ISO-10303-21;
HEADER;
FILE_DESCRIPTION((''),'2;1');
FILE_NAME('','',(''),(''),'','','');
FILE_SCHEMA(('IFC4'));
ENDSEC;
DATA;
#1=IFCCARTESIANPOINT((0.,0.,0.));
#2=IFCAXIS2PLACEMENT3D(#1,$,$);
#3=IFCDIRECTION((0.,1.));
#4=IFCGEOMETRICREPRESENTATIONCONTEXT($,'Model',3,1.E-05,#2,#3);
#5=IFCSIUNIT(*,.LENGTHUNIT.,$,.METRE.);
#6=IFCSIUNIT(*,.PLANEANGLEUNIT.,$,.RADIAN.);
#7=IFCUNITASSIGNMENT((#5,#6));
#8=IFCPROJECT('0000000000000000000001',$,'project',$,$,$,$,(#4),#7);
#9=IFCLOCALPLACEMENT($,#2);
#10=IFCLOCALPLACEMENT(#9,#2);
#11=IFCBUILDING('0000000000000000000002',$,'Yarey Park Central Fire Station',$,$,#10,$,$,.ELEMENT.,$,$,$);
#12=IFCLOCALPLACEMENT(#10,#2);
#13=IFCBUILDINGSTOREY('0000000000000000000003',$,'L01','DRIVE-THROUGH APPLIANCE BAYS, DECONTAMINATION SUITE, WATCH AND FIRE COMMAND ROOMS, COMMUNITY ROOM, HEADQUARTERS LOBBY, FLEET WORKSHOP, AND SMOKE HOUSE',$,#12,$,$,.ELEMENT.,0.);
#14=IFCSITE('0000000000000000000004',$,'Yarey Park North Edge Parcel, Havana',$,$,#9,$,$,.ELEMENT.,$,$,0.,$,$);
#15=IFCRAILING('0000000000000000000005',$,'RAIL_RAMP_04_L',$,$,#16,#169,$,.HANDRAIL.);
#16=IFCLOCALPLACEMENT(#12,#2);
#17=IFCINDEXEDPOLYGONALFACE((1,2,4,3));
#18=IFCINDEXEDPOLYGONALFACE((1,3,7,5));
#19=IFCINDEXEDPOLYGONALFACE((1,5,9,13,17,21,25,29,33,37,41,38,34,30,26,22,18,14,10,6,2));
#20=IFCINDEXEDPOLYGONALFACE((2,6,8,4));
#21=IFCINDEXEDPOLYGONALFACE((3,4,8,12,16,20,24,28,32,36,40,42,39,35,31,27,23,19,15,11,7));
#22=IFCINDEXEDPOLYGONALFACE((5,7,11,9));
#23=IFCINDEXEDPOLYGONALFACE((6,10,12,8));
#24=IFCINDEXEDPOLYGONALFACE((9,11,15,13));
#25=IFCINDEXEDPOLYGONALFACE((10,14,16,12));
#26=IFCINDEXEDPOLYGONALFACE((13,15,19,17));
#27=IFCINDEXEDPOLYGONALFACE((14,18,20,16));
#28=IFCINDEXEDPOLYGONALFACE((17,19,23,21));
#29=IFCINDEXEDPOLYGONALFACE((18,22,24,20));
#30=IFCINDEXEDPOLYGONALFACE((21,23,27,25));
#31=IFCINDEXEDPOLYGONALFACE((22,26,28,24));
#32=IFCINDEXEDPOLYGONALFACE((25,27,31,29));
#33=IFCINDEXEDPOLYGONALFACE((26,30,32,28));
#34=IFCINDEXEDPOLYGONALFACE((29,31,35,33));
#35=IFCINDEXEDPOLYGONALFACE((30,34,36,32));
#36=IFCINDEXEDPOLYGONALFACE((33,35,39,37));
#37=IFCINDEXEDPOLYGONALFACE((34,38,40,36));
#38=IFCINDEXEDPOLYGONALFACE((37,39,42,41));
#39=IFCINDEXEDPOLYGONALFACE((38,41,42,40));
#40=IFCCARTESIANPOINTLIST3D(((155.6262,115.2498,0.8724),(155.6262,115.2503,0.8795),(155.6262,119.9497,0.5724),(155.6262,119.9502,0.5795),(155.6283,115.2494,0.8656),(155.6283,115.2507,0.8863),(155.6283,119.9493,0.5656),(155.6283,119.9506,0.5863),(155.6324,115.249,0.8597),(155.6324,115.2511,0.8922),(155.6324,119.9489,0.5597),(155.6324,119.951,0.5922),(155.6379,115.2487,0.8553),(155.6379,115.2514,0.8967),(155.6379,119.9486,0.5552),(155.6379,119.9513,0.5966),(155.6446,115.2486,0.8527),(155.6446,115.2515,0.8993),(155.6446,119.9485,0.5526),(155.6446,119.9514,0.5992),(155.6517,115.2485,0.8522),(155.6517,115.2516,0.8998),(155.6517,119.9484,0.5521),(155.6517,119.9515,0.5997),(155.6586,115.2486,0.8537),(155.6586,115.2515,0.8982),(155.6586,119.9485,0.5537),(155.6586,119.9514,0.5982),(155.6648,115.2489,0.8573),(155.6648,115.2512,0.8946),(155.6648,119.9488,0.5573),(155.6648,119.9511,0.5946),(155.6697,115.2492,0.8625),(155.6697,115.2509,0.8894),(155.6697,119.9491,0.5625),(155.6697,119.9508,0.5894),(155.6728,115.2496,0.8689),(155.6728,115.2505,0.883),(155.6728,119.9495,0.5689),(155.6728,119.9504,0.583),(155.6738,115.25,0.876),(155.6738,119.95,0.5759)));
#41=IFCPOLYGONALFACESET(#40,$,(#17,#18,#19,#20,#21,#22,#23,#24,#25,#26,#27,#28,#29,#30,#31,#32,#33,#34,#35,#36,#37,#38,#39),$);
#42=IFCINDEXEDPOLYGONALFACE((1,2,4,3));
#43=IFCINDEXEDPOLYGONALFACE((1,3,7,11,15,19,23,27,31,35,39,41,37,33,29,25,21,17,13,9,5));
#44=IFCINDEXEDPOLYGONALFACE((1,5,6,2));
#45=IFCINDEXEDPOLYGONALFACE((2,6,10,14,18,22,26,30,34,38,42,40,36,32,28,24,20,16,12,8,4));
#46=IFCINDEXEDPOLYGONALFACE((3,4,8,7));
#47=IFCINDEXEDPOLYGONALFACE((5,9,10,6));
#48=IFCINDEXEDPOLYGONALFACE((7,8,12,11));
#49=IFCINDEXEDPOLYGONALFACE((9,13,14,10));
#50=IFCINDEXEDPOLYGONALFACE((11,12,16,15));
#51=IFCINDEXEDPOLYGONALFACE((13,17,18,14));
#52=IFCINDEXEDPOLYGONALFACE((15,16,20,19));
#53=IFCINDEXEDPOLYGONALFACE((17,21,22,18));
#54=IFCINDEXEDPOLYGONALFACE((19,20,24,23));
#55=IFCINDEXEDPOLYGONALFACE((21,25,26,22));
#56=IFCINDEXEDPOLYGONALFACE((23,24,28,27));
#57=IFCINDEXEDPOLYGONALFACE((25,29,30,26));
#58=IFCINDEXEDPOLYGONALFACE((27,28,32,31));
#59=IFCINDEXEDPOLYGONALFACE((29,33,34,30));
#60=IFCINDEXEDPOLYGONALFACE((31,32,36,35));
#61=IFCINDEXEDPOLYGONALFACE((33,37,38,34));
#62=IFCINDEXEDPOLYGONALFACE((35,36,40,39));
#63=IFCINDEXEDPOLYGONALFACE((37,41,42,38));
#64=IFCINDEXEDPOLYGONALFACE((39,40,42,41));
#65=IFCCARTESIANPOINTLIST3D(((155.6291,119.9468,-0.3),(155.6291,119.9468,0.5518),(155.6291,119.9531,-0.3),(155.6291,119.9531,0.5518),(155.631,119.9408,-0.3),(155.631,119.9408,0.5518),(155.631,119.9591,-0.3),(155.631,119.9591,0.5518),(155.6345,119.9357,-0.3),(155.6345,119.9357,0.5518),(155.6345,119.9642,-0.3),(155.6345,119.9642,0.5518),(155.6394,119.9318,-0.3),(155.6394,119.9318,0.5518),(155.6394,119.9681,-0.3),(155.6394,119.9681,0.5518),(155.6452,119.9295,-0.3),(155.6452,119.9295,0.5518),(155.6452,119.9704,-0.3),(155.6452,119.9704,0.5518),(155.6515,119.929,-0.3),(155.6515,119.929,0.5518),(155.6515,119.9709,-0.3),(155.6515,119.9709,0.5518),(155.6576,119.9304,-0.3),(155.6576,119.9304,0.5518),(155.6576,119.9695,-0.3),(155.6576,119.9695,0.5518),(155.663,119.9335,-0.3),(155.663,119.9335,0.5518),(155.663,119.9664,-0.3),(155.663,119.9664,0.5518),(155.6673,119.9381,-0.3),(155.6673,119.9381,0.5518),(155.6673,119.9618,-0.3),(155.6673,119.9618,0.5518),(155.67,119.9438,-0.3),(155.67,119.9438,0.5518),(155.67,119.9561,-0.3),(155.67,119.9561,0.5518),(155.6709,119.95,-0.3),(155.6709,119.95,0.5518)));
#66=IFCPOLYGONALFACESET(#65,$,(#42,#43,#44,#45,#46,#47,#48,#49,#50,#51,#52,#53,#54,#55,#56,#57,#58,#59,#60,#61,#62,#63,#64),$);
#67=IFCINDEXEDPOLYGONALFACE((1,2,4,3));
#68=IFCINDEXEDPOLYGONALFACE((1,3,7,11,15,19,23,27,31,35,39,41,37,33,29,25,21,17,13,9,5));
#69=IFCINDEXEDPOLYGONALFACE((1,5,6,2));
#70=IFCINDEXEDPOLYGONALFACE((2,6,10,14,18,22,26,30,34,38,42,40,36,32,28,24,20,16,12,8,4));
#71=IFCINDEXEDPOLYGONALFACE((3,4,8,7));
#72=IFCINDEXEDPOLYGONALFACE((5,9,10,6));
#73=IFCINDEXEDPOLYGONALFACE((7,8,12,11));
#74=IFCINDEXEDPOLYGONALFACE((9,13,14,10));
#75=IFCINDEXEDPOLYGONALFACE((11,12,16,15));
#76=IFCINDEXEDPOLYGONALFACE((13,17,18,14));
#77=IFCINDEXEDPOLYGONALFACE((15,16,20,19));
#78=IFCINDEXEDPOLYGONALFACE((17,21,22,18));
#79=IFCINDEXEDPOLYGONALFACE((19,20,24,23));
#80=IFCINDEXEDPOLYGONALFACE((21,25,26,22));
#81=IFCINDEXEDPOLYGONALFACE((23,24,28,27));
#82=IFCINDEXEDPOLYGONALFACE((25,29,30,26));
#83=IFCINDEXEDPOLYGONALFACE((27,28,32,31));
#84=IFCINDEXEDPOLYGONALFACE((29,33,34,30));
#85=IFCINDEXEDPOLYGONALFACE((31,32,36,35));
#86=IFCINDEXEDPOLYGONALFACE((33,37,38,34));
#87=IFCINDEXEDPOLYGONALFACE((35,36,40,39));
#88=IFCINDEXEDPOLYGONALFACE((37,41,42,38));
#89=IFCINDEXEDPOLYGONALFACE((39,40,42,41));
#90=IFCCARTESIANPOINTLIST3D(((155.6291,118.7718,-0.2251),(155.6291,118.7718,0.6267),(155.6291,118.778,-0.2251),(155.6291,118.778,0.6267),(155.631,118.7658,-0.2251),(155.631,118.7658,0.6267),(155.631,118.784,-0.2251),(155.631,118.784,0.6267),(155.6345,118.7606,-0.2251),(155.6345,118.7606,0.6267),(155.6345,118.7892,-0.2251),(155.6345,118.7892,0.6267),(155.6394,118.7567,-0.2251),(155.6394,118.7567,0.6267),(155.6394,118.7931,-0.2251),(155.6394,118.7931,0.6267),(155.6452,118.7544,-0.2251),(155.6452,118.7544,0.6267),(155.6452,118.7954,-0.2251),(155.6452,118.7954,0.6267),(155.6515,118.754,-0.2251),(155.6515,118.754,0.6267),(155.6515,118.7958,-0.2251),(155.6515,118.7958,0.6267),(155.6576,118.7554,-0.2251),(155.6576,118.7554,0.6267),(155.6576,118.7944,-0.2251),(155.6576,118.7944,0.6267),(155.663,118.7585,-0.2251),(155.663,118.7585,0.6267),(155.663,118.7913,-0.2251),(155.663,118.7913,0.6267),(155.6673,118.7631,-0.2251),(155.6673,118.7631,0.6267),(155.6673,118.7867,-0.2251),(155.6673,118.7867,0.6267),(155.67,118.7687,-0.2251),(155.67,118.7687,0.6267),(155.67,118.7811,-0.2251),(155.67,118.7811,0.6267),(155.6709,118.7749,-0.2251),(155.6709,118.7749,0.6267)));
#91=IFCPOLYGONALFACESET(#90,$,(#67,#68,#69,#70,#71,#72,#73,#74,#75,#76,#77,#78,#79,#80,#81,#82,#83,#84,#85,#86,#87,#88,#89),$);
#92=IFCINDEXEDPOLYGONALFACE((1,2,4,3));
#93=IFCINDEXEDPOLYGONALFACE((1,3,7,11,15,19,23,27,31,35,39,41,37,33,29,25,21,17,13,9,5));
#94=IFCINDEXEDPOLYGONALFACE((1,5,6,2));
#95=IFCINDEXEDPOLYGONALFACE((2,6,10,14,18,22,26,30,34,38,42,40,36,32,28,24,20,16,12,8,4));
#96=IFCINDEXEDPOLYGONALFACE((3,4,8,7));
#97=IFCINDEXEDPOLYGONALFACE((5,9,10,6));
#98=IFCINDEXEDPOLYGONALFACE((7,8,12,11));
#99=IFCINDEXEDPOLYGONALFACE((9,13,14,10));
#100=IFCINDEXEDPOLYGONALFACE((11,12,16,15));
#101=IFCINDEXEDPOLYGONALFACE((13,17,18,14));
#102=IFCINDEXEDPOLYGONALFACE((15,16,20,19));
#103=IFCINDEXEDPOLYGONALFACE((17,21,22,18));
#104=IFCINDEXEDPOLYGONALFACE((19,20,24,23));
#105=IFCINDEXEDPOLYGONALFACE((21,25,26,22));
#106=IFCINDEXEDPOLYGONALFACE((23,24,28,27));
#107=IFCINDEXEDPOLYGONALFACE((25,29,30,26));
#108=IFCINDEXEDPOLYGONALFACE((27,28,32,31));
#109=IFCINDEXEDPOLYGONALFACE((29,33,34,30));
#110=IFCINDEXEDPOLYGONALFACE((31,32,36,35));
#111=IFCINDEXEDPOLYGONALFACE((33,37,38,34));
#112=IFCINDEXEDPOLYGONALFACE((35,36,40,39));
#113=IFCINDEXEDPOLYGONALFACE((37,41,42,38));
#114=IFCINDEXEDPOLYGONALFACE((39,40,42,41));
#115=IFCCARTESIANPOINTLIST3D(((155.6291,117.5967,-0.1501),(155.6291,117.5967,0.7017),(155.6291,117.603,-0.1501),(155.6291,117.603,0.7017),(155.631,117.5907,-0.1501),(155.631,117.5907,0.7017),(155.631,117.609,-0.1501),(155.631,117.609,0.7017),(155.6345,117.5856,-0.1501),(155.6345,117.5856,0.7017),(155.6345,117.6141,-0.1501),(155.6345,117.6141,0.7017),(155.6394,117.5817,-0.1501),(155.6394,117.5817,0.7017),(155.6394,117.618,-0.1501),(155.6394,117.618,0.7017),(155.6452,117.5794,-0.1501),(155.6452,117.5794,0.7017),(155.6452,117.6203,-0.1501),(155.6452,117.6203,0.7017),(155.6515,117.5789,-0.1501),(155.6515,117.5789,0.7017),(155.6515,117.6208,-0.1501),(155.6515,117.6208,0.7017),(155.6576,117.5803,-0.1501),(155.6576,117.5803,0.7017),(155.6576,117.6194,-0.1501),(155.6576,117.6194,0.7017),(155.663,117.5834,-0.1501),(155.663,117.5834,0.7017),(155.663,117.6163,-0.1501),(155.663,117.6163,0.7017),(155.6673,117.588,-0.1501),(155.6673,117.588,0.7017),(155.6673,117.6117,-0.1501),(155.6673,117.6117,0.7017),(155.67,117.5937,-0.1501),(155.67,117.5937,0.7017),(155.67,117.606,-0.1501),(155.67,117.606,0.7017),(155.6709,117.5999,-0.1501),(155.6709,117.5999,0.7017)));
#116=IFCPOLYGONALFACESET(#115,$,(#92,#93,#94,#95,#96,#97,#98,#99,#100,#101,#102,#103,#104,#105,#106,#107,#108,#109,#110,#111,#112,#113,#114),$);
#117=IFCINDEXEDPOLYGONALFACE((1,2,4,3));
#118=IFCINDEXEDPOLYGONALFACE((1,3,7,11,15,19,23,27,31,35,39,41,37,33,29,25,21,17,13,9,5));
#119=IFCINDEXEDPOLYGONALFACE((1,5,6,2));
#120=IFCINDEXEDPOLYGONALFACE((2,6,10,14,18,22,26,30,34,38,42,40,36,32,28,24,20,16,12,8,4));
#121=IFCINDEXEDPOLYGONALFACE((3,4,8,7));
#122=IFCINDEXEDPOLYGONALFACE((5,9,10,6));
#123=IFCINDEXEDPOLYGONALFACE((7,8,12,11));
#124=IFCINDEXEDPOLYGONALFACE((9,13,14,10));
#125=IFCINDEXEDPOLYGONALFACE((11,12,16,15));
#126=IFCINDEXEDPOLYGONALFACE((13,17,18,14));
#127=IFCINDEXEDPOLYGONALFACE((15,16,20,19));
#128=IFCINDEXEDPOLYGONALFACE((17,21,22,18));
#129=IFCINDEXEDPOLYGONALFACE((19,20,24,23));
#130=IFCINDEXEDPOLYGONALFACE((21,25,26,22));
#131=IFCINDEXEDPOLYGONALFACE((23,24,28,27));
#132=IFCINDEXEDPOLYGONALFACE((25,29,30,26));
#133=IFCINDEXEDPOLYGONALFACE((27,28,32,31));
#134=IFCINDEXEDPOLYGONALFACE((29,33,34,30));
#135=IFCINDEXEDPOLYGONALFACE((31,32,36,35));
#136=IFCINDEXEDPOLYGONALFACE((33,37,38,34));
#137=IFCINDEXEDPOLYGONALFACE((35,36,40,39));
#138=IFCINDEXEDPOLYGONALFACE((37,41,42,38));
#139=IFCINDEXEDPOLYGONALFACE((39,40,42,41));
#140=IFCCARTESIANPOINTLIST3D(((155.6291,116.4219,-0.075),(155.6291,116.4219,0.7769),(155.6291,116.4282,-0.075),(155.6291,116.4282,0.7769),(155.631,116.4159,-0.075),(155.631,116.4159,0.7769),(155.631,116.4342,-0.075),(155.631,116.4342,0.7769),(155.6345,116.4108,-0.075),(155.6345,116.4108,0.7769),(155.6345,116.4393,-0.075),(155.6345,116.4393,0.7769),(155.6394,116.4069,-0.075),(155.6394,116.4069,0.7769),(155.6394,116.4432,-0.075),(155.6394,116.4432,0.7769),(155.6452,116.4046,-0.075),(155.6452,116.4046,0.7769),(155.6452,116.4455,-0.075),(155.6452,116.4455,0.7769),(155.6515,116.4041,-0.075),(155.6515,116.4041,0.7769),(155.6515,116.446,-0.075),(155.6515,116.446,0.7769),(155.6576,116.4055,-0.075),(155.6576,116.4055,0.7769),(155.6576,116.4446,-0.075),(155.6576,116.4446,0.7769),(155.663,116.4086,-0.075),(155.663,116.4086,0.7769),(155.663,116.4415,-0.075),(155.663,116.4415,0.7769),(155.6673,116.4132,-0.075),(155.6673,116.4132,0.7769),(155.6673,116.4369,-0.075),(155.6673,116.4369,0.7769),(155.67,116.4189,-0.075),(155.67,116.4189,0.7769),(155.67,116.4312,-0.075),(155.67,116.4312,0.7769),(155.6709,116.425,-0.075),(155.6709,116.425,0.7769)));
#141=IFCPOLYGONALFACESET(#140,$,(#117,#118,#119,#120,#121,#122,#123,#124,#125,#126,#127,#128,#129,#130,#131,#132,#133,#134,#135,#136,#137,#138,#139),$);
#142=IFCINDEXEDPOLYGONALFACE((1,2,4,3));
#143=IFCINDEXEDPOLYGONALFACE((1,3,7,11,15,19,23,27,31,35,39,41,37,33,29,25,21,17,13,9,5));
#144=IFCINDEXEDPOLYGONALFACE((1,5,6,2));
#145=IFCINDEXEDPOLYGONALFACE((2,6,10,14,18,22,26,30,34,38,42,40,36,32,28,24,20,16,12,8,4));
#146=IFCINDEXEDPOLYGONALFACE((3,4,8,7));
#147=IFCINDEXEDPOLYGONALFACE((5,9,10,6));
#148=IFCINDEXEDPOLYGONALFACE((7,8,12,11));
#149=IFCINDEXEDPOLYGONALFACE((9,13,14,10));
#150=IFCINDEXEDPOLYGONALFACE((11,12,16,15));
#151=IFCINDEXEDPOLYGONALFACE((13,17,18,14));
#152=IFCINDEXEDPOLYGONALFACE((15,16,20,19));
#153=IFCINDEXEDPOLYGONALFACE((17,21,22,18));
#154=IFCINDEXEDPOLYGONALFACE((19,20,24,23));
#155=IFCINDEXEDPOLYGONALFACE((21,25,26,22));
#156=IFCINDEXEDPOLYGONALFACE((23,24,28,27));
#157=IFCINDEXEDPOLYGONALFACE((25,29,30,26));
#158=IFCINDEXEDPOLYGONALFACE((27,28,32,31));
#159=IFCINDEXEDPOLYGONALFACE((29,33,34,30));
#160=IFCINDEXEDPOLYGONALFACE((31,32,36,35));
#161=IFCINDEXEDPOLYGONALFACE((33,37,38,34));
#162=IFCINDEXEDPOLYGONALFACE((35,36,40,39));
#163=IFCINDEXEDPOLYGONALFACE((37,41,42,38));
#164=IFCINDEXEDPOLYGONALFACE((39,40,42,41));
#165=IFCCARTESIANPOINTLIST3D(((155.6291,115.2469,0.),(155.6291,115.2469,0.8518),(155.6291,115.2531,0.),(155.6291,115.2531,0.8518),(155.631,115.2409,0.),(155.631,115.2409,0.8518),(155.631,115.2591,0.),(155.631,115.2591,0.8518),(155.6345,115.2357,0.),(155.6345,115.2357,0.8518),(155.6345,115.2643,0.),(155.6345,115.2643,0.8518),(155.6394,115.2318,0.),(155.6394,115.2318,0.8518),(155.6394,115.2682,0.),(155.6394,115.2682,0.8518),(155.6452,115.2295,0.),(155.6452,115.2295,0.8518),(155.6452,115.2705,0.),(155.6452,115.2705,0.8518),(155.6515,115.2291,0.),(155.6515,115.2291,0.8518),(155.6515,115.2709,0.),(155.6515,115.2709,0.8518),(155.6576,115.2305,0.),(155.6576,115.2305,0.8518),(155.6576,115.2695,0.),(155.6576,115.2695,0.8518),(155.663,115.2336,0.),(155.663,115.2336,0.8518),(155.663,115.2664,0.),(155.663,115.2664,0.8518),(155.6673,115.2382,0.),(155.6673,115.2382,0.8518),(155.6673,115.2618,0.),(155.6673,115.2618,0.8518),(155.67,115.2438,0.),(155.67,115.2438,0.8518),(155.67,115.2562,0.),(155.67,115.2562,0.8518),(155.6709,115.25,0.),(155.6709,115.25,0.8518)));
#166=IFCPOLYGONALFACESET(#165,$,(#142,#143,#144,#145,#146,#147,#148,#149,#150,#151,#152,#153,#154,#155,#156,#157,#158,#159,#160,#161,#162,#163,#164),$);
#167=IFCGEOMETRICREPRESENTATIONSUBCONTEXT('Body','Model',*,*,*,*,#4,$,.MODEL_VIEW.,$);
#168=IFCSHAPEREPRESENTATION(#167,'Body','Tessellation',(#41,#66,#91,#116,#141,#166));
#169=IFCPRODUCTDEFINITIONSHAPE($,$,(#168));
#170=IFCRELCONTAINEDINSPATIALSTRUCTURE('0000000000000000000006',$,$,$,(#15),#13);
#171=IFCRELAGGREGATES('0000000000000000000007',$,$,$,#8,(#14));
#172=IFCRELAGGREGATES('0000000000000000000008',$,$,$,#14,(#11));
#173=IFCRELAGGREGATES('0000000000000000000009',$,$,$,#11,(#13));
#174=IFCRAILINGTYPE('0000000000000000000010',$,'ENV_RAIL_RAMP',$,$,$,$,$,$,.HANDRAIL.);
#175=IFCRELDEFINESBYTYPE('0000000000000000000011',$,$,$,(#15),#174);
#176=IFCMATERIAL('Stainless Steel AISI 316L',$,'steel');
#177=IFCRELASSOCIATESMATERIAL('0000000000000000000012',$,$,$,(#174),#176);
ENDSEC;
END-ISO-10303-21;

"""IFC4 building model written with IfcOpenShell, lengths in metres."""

from ifc_helpers import new_model, si_unit, direction, frame, origin, origin_2d, place, context, subcontext, project, spatial, circle, extrude, material, type_object, element, save


model = new_model("IFC4")

# Units and contexts
model_context = context("Model", 3, precision=1e-05, world=origin(), true_north=direction((0.0, 1.0)))
body_context = subcontext(model_context, "Body", "Model", "MODEL_VIEW")
ifc_project = project(units=[si_unit("LENGTHUNIT", "METRE"), si_unit("PLANEANGLEUNIT", "RADIAN")], contexts=[model_context])

# Site, building, storey
site_placement = place(None, origin())
site = spatial("IfcSite", under=ifc_project, at=site_placement, Name="Yarey Park North Edge Parcel, Havana", CompositionType="ELEMENT", RefElevation=0.0)
building_placement = place(site_placement, origin())
building = spatial("IfcBuilding", under=site, at=building_placement, Name="Yarey Park Central Fire Station", CompositionType="ELEMENT")
storey_placement = place(building_placement, origin())
storey = spatial("IfcBuildingStorey", under=building, at=storey_placement, Name="L01", Description="DRIVE-THROUGH APPLIANCE BAYS, DECONTAMINATION SUITE, WATCH AND FIRE COMMAND ROOMS, COMMUNITY ROOM, HEADQUARTERS LOBBY, FLEET WORKSHOP, AND SMOKE HOUSE", CompositionType="ELEMENT", Elevation=0.0)

# Railing
ifc_material_1 = material(Name="Stainless Steel AISI 316L", Category="steel")
railing_type = type_object("IfcRailingType", Name="ENV_RAIL_RAMP", PredefinedType="HANDRAIL", material=ifc_material_1)
railing_placement = place(storey_placement, frame((155.6499, 119.95, -0.3)))
element("IfcRailing", 1, at=railing_placement, inside=storey, type_object=railing_type, Name="RAIL_RAMP_04_L", PredefinedType="HANDRAIL", context=body_context, shape_type="SweptSolid", body=[
    extrude(circle(Radius=0.0239, at=origin_2d()), frame((0.0, 0.0, 0.876), z_axis=(0.0, -0.997968, 0.063711), x_axis=(1.0, 0.0, 0.0)), (0.0, 0.0, 1.0), 4.7095),
    extrude(circle(Radius=0.021, at=origin_2d()), origin(), (0.0, 0.0, 1.0), 0.8518),
    extrude(circle(Radius=0.021, at=origin_2d()), frame((0.0, -1.175, 0.075)), (0.0, 0.0, 1.0), 0.8518),
    extrude(circle(Radius=0.021, at=origin_2d()), frame((0.0, -2.3501, 0.1499)), (0.0, 0.0, 1.0), 0.8518),
    extrude(circle(Radius=0.021, at=origin_2d()), frame((0.0, -3.5249, 0.2251)), (0.0, 0.0, 1.0), 0.8518),
    extrude(circle(Radius=0.021, at=origin_2d()), frame((0.0, -4.7, 0.3)), (0.0, 0.0, 1.0), 0.8518),
])

save(model, "model.ifc")
